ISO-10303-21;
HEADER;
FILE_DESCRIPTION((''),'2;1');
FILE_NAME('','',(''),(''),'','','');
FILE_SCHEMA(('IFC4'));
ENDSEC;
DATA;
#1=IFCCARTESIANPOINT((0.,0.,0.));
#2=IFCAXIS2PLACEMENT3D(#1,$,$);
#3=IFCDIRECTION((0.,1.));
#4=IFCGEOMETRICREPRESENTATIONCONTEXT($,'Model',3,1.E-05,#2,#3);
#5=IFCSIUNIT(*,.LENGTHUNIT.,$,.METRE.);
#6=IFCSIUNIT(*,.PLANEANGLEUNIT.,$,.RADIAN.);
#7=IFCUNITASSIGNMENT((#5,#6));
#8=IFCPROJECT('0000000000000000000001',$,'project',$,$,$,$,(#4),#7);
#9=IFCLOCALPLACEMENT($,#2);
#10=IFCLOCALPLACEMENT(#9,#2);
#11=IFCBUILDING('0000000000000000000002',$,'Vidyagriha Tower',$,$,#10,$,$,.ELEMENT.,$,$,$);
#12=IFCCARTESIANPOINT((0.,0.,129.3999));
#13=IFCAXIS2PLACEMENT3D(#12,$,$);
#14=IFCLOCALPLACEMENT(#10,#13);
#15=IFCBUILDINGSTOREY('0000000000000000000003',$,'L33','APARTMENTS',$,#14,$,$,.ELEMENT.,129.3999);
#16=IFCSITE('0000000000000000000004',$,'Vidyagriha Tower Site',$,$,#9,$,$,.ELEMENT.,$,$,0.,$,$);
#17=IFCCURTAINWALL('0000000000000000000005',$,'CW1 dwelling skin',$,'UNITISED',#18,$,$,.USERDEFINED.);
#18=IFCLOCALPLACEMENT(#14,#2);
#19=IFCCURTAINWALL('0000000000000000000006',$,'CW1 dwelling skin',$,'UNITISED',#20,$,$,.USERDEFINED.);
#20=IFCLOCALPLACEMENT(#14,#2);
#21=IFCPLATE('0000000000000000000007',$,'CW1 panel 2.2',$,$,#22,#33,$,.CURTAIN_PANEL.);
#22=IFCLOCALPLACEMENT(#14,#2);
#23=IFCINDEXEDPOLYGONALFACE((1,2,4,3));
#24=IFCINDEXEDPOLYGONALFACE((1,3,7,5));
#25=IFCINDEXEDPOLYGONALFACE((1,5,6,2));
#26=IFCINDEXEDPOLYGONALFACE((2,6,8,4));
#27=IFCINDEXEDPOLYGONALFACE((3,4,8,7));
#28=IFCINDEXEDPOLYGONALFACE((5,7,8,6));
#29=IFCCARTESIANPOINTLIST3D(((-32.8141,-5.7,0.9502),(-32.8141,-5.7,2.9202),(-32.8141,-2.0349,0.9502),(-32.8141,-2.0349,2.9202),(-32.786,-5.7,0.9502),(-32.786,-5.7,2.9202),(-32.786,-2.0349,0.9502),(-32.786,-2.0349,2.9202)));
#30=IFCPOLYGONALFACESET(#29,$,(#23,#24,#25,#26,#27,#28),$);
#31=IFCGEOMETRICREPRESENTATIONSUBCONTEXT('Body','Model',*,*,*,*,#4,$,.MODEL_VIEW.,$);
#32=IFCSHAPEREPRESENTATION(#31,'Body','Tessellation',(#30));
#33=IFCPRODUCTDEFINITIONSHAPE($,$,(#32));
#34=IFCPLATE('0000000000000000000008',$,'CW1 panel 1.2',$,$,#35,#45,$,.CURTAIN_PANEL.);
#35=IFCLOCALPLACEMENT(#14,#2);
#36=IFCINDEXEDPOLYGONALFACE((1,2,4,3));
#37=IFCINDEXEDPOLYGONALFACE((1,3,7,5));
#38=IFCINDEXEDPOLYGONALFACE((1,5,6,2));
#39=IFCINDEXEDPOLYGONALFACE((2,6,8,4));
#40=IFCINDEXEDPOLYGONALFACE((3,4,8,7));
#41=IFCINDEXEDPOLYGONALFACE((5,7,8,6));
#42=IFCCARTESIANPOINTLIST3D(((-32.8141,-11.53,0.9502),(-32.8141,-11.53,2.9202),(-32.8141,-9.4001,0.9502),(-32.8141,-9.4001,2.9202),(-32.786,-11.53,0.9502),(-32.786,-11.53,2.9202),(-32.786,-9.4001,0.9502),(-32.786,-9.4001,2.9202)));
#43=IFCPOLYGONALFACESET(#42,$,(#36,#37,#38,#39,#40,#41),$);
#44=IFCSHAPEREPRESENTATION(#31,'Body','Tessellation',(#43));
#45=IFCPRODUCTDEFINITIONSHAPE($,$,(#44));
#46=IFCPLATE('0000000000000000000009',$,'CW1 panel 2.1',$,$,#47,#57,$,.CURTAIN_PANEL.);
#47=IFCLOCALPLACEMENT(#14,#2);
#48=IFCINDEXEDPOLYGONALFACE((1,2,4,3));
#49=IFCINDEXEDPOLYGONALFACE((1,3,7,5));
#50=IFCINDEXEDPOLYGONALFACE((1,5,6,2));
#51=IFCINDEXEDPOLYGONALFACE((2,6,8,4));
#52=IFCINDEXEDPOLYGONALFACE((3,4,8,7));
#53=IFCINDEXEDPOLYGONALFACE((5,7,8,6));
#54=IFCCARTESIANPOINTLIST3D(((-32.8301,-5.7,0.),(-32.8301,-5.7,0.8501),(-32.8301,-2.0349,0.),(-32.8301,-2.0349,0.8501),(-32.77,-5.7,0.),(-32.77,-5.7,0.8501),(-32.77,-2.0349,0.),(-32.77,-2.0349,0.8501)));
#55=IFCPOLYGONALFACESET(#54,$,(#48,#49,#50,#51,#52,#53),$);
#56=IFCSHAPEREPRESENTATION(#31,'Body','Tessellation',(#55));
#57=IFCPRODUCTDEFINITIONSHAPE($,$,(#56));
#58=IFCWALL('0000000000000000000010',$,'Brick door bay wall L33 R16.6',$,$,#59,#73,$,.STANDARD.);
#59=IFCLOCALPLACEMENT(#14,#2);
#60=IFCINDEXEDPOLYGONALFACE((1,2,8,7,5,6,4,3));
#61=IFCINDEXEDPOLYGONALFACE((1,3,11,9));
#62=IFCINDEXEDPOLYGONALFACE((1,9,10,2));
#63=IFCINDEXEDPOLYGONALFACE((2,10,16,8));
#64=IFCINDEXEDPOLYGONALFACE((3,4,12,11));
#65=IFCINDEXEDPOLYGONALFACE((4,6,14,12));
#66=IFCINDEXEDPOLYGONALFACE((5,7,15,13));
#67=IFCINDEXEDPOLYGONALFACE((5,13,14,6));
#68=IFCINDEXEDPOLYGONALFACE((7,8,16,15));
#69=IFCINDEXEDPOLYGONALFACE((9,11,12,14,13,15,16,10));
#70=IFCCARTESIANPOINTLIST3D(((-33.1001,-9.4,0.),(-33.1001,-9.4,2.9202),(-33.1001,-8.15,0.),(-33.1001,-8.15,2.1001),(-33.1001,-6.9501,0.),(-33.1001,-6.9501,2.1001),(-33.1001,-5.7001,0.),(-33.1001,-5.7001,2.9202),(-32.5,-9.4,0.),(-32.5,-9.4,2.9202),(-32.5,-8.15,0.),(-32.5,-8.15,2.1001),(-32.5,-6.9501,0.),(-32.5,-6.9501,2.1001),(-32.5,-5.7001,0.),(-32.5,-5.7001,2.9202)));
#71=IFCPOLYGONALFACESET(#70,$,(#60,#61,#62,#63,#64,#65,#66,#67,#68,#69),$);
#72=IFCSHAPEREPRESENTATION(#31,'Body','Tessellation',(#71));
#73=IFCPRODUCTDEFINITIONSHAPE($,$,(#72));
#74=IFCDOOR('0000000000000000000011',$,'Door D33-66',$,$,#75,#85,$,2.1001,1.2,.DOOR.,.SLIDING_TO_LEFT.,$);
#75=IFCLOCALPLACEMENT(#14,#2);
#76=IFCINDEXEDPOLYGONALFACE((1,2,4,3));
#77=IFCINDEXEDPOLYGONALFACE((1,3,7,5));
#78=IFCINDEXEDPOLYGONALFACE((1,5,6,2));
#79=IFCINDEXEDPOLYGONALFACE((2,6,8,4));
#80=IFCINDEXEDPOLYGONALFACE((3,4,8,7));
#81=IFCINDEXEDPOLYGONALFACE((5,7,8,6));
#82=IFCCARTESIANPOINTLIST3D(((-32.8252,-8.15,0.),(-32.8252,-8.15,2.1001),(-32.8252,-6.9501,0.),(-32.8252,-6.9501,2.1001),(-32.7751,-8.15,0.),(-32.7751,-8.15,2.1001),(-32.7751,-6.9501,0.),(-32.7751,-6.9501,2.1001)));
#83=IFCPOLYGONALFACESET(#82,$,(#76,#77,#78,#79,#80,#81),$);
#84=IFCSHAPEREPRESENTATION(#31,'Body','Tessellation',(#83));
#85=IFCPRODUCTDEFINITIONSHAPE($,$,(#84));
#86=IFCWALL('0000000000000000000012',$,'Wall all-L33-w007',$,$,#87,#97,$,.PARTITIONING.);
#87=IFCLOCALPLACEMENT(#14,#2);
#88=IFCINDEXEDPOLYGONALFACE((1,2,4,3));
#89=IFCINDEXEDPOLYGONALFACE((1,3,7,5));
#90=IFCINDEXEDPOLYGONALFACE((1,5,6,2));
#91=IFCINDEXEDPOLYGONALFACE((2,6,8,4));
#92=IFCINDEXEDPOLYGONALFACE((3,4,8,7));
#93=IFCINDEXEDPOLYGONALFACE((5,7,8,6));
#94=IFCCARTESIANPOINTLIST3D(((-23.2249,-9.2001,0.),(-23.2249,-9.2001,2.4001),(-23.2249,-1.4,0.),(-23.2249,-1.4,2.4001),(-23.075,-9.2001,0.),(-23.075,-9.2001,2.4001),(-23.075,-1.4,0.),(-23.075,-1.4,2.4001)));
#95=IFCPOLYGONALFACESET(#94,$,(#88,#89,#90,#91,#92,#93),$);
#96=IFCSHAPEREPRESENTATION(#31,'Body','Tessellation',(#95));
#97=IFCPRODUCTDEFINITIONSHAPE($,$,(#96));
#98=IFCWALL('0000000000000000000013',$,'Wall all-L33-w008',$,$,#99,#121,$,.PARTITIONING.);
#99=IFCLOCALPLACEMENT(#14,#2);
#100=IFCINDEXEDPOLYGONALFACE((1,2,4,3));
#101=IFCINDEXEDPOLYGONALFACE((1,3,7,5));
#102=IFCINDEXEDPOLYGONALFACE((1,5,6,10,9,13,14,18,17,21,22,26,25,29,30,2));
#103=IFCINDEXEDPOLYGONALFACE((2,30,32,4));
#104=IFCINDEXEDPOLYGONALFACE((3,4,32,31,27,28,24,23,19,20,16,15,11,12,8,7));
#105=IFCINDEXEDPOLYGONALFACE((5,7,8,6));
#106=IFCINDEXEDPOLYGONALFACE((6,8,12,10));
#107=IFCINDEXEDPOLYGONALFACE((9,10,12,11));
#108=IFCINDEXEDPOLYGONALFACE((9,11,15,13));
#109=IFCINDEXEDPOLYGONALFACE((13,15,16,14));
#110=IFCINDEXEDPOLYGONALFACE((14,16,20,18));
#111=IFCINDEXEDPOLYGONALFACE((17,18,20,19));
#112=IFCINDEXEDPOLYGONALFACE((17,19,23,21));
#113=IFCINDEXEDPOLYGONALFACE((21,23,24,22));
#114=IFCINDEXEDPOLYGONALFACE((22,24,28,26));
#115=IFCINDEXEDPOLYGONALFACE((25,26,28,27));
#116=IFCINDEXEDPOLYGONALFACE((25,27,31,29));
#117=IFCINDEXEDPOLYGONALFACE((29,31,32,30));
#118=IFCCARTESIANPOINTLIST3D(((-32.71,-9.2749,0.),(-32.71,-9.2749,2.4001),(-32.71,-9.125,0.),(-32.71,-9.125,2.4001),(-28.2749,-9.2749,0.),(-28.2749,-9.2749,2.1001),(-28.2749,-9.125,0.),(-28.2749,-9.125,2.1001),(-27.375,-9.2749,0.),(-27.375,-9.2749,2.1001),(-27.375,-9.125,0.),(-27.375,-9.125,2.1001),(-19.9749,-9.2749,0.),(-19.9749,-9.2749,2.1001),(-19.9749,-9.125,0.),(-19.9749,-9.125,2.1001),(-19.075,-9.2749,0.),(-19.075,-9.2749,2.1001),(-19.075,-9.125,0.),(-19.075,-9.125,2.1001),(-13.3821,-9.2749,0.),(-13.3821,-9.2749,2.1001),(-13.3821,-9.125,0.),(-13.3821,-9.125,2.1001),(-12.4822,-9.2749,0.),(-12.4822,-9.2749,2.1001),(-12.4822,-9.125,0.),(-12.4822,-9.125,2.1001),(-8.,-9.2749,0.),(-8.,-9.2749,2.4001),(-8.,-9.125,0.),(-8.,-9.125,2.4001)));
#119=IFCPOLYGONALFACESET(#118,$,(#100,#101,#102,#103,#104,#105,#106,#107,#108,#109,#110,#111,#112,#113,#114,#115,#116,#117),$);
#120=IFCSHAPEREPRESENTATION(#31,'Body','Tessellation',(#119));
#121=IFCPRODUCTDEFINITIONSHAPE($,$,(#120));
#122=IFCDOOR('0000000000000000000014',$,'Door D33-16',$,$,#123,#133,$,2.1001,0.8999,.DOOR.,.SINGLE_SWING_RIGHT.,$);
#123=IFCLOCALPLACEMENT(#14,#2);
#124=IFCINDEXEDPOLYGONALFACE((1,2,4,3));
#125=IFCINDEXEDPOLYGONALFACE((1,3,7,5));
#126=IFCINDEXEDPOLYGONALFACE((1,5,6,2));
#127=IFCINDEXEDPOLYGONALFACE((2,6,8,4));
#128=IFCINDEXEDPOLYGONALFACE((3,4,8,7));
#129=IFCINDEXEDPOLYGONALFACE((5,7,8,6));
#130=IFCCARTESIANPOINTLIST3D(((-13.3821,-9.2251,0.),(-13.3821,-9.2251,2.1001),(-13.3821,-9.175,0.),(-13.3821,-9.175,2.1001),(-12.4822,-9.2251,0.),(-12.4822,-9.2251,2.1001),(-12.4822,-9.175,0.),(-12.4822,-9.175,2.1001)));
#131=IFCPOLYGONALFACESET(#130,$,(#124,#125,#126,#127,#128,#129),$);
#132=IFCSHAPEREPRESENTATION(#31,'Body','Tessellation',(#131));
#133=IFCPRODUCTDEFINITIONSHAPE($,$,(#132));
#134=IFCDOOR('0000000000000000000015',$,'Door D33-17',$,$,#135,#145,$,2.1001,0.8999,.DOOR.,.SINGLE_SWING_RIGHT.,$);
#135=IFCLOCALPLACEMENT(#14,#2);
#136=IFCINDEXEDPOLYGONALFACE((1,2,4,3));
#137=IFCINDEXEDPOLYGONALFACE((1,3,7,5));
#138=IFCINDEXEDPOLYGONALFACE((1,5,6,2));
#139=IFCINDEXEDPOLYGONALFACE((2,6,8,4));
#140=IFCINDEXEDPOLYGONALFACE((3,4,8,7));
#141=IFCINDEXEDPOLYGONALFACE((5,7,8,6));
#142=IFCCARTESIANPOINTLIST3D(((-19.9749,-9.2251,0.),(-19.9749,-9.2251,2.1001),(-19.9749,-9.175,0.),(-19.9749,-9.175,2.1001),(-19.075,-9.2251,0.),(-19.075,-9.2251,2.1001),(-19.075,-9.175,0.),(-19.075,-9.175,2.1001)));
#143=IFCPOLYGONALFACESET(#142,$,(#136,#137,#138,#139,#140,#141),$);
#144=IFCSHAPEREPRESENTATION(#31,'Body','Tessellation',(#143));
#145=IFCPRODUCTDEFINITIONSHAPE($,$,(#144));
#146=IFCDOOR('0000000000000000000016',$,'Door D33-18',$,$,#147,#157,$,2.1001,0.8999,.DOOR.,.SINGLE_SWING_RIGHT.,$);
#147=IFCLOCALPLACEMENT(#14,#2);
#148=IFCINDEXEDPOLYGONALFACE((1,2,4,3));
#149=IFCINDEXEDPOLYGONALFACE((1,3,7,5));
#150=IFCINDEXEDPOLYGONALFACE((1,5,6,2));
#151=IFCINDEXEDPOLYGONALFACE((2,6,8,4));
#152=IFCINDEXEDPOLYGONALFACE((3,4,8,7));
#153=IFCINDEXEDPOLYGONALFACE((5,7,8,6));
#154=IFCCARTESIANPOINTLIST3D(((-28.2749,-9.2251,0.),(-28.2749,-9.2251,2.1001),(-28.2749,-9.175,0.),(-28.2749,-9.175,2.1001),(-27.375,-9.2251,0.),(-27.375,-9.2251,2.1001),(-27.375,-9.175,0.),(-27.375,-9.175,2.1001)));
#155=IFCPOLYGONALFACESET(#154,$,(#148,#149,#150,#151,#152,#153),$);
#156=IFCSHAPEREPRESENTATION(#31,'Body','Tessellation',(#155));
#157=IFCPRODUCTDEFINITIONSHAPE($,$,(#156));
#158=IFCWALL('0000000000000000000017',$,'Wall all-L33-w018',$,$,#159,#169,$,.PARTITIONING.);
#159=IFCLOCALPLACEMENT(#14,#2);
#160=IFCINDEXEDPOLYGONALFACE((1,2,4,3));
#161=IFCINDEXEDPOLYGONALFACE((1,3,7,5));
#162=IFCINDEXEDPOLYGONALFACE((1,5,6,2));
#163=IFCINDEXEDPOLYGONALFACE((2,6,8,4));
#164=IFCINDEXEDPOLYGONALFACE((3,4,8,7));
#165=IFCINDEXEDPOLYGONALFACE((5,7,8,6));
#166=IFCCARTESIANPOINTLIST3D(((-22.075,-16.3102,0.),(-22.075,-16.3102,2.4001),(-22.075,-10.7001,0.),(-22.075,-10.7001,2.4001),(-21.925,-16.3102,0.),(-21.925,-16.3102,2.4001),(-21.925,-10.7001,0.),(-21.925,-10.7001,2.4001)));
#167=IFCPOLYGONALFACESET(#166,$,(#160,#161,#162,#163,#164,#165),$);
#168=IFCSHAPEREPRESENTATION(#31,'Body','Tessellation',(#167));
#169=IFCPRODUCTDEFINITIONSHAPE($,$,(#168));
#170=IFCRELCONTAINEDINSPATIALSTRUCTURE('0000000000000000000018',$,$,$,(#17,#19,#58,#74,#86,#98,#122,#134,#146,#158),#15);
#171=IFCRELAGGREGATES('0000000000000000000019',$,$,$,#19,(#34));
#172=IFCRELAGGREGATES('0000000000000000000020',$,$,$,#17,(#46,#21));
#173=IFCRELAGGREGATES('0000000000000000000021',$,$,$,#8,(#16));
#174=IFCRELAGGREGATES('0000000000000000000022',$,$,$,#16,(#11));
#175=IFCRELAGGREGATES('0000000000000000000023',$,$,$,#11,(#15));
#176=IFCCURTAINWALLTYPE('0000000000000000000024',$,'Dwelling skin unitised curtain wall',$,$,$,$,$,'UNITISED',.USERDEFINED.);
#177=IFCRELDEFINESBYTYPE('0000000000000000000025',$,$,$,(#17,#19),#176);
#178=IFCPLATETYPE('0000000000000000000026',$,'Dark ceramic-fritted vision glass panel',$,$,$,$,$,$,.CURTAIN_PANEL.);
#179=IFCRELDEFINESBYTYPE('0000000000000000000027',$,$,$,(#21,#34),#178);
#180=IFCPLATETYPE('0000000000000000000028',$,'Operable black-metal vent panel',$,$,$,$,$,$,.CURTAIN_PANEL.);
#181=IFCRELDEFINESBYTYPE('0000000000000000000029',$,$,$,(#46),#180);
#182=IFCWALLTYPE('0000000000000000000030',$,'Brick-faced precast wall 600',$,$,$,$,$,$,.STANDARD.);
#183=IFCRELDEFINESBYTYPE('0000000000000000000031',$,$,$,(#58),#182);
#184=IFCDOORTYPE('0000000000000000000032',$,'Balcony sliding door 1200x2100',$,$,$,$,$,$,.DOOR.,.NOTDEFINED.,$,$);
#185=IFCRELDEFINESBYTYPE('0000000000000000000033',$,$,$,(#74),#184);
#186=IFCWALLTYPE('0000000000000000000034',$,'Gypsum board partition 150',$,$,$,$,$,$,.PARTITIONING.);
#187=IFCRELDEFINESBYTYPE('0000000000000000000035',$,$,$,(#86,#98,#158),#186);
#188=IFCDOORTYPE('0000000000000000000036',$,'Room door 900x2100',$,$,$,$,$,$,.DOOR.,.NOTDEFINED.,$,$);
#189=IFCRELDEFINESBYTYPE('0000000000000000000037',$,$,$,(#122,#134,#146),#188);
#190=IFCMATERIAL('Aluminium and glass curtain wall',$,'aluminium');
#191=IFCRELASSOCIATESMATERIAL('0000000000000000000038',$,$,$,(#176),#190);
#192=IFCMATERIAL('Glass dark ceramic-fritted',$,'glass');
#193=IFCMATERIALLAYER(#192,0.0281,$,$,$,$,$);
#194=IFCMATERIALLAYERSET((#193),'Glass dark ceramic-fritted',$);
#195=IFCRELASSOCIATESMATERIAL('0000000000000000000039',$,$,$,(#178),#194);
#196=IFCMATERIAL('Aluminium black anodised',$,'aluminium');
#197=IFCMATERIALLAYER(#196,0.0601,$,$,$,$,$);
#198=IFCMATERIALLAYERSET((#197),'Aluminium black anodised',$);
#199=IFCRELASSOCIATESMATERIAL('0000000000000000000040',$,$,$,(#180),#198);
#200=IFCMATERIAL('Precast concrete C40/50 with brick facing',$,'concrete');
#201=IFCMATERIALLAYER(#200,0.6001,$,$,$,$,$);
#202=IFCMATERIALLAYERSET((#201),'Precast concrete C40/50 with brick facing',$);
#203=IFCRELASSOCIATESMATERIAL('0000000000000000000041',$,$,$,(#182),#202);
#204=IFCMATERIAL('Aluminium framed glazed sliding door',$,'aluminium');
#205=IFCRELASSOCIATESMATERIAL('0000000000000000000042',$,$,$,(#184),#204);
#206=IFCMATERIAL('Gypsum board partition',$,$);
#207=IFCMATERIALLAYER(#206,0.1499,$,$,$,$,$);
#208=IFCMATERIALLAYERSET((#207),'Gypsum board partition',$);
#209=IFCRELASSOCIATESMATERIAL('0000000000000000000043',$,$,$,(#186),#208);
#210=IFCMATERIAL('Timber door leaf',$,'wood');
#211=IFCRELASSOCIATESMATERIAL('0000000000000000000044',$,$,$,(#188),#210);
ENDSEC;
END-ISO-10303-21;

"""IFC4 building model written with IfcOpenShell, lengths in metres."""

from ifc_helpers import new_model, si_unit, direction, frame, frame_2d, origin, origin_2d, place, context, subcontext, project, spatial, rectangle, extrude, material, layer, layer_set, type_object, element, fill, aggregate, save


model = new_model("IFC4")

# Units and contexts
model_context = context("Model", 3, precision=1e-05, world=origin(), true_north=direction((0.0, 1.0)))
body_context = subcontext(model_context, "Body", "Model", "MODEL_VIEW")
ifc_project = project(units=[si_unit("LENGTHUNIT", "METRE"), si_unit("PLANEANGLEUNIT", "RADIAN")], contexts=[model_context])

# Site, building, storey
site_placement = place(None, origin())
site = spatial("IfcSite", under=ifc_project, at=site_placement, Name="Vidyagriha Tower Site", CompositionType="ELEMENT", RefElevation=0.0)
building_placement = place(site_placement, origin())
building = spatial("IfcBuilding", under=site, at=building_placement, Name="Vidyagriha Tower", CompositionType="ELEMENT")
storey_placement = place(building_placement, frame((0.0, 0.0, 129.3999)))
storey = spatial("IfcBuildingStorey", under=building, at=storey_placement, Name="L33", Description="APARTMENTS", CompositionType="ELEMENT", Elevation=129.3999)

# Curtain walls
ifc_material_1 = material(Name="Aluminium and glass curtain wall", Category="aluminium")
curtain_wall_type = type_object("IfcCurtainWallType", Name="Dwelling skin unitised curtain wall", ElementType="UNITISED", PredefinedType="USERDEFINED", material=ifc_material_1)
curtain_wall_1_placement = place(storey_placement, origin())
curtain_wall_1 = element("IfcCurtainWall", 1, at=curtain_wall_1_placement, inside=storey, type_object=curtain_wall_type, Name="CW1 dwelling skin", ObjectType="UNITISED", PredefinedType="USERDEFINED")
curtain_wall_2_placement = place(storey_placement, origin())
curtain_wall_2 = element("IfcCurtainWall", 2, at=curtain_wall_2_placement, inside=storey, type_object=curtain_wall_type, Name="CW1 dwelling skin", ObjectType="UNITISED", PredefinedType="USERDEFINED")

# Plates
ifc_material_2 = material(Name="Glass dark ceramic-fritted", Category="glass")
ifc_layer_1 = layer(ifc_material_2, 0.0281)
ifc_layer_set_1 = layer_set([ifc_layer_1], Name="Glass dark ceramic-fritted")
plate_type_1 = type_object("IfcPlateType", Name="Dark ceramic-fritted vision glass panel", PredefinedType="CURTAIN_PANEL", material=ifc_layer_set_1)
plate_1_placement = place(storey_placement, frame((-32.8, -3.8674, 0.9502), z_axis=(0.0, 0.0, 1.0), x_axis=(0.0, -1.0, 0.0)))
plate_1 = element("IfcPlate", 3, at=plate_1_placement, type_object=plate_type_1, Name="CW1 panel 2.2", PredefinedType="CURTAIN_PANEL", context=body_context, shape_type="SweptSolid", body=[
    extrude(rectangle(XDim=3.665, YDim=0.0281, at=origin_2d()), origin(), (0.0, 0.0, 1.0), 1.97),
])
plate_2_placement = place(storey_placement, frame((-32.8, -10.4651, 0.9502), z_axis=(0.0, 0.0, 1.0), x_axis=(0.0, -1.0, 0.0)))
plate_2 = element("IfcPlate", 4, at=plate_2_placement, type_object=plate_type_1, Name="CW1 panel 1.2", PredefinedType="CURTAIN_PANEL", context=body_context, shape_type="SweptSolid", body=[
    extrude(rectangle(XDim=2.1299, YDim=0.0281, at=origin_2d()), origin(), (0.0, 0.0, 1.0), 1.97),
])
aggregate(curtain_wall_2, [plate_2])
ifc_material_3 = material(Name="Aluminium black anodised", Category="aluminium")
ifc_layer_2 = layer(ifc_material_3, 0.0601)
ifc_layer_set_2 = layer_set([ifc_layer_2], Name="Aluminium black anodised")
plate_type_2 = type_object("IfcPlateType", Name="Operable black-metal vent panel", PredefinedType="CURTAIN_PANEL", material=ifc_layer_set_2)
plate_3_placement = place(storey_placement, frame((-32.8, -3.8674, 0.0), z_axis=(0.0, 0.0, 1.0), x_axis=(0.0, -1.0, 0.0)))
plate_3 = element("IfcPlate", 5, at=plate_3_placement, type_object=plate_type_2, Name="CW1 panel 2.1", PredefinedType="CURTAIN_PANEL", context=body_context, shape_type="SweptSolid", body=[
    extrude(rectangle(XDim=3.665, YDim=0.0601, at=origin_2d()), origin(), (0.0, 0.0, 1.0), 0.8501),
])
aggregate(curtain_wall_1, [plate_3, plate_1])

# Wall, opening, door
ifc_material_4 = material(Name="Precast concrete C40/50 with brick facing", Category="concrete")
ifc_layer_3 = layer(ifc_material_4, 0.6001)
ifc_layer_set_3 = layer_set([ifc_layer_3], Name="Precast concrete C40/50 with brick facing")
wall_type_1 = type_object("IfcWallType", Name="Brick-faced precast wall 600", PredefinedType="STANDARD", material=ifc_layer_set_3)
wall_1_placement = place(storey_placement, frame((-32.8, -5.7, 0.0), z_axis=(0.0, 0.0, 1.0), x_axis=(0.0, -1.0, 0.0)))
wall_1 = element("IfcWall", 6, at=wall_1_placement, inside=storey, type_object=wall_type_1, Name="Brick door bay wall L33 R16.6", PredefinedType="STANDARD", context=body_context, shape_type="SweptSolid", body=[
    extrude(rectangle(XDim=3.7, YDim=0.6001, at=frame_2d((1.8501, 0.0))), origin(), (0.0, 0.0, 1.0), 2.9202),
])
opening_1_placement = place(wall_1_placement, frame((1.25, 0.0, 0.0)))
opening_1 = element("IfcOpeningElement", 7, at=opening_1_placement, cuts=wall_1, PredefinedType="OPENING", context=body_context, shape_type="SweptSolid", body=[
    extrude(rectangle(XDim=1.2, YDim=2.1001, at=frame_2d((0.6001, 1.05))), frame((0.0, 0.3101, 0.0), z_axis=(0.0, -1.0, 0.0), x_axis=(1.0, 0.0, 0.0)), (0.0, 0.0, 1.0), 0.6201),
])
ifc_material_5 = material(Name="Aluminium framed glazed sliding door", Category="aluminium")
door_type_1 = type_object("IfcDoorType", Name="Balcony sliding door 1200x2100", OperationType="NOTDEFINED", PredefinedType="DOOR", material=ifc_material_5)
door_1_placement = place(opening_1_placement, origin())
door_1 = element("IfcDoor", 8, at=door_1_placement, inside=storey, type_object=door_type_1, Name="Door D33-66", OperationType="SLIDING_TO_LEFT", OverallHeight=2.1001, OverallWidth=1.2, PredefinedType="DOOR", context=body_context, shape_type="SweptSolid", body=[
    extrude(rectangle(XDim=1.2, YDim=2.1001, at=frame_2d((0.6001, 1.05))), frame((0.0, 0.0249, 0.0), z_axis=(0.0, -1.0, 0.0), x_axis=(1.0, 0.0, 0.0)), (0.0, 0.0, 1.0), 0.05),
])
fill(opening_1, door_1)

# Wall
ifc_material_6 = material(Name="Gypsum board partition")
ifc_layer_4 = layer(ifc_material_6, 0.1499)
ifc_layer_set_4 = layer_set([ifc_layer_4], Name="Gypsum board partition")
wall_type_2 = type_object("IfcWallType", Name="Gypsum board partition 150", PredefinedType="PARTITIONING", material=ifc_layer_set_4)
wall_2_placement = place(storey_placement, frame((-23.1499, -9.2, 0.0), z_axis=(0.0, 0.0, 1.0), x_axis=(0.0, 1.0, 0.0)))
element("IfcWall", 9, at=wall_2_placement, inside=storey, type_object=wall_type_2, Name="Wall all-L33-w007", PredefinedType="PARTITIONING", context=body_context, shape_type="SweptSolid", body=[
    extrude(rectangle(XDim=7.8, YDim=0.1499, at=frame_2d((3.8999, 0.0))), origin(), (0.0, 0.0, 1.0), 2.4001),
])

# Wall, openings, doors
wall_3_placement = place(storey_placement, frame((-32.71, -9.2, 0.0)))
wall_3 = element("IfcWall", 10, at=wall_3_placement, inside=storey, type_object=wall_type_2, Name="Wall all-L33-w008", PredefinedType="PARTITIONING", context=body_context, shape_type="SweptSolid", body=[
    extrude(rectangle(XDim=24.71, YDim=0.1499, at=frame_2d((12.355, 0.0))), origin(), (0.0, 0.0, 1.0), 2.4001),
])
opening_2_placement = place(wall_3_placement, frame((19.3279, 0.0, 0.0)))
opening_2 = element("IfcOpeningElement", 11, at=opening_2_placement, cuts=wall_3, PredefinedType="OPENING", context=body_context, shape_type="SweptSolid", body=[
    extrude(rectangle(XDim=0.8999, YDim=2.1001, at=frame_2d((0.45, 1.05))), frame((0.0, 0.085, 0.0), z_axis=(0.0, -1.0, 0.0), x_axis=(1.0, 0.0, 0.0)), (0.0, 0.0, 1.0), 0.1699),
])
opening_3_placement = place(wall_3_placement, frame((12.7351, 0.0, 0.0)))
opening_3 = element("IfcOpeningElement", 12, at=opening_3_placement, cuts=wall_3, PredefinedType="OPENING", context=body_context, shape_type="SweptSolid", body=[
    extrude(rectangle(XDim=0.8999, YDim=2.1001, at=frame_2d((0.45, 1.05))), frame((0.0, 0.085, 0.0), z_axis=(0.0, -1.0, 0.0), x_axis=(1.0, 0.0, 0.0)), (0.0, 0.0, 1.0), 0.1699),
])
opening_4_placement = place(wall_3_placement, frame((4.4351, 0.0, 0.0)))
opening_4 = element("IfcOpeningElement", 13, at=opening_4_placement, cuts=wall_3, PredefinedType="OPENING", context=body_context, shape_type="SweptSolid", body=[
    extrude(rectangle(XDim=0.8999, YDim=2.1001, at=frame_2d((0.45, 1.05))), frame((0.0, 0.085, 0.0), z_axis=(0.0, -1.0, 0.0), x_axis=(1.0, 0.0, 0.0)), (0.0, 0.0, 1.0), 0.1699),
])
ifc_material_7 = material(Name="Timber door leaf", Category="wood")
door_type_2 = type_object("IfcDoorType", Name="Room door 900x2100", OperationType="NOTDEFINED", PredefinedType="DOOR", material=ifc_material_7)
door_2_placement = place(opening_2_placement, origin())
door_2 = element("IfcDoor", 14, at=door_2_placement, inside=storey, type_object=door_type_2, Name="Door D33-16", OperationType="SINGLE_SWING_RIGHT", OverallHeight=2.1001, OverallWidth=0.8999, PredefinedType="DOOR", context=body_context, shape_type="SweptSolid", body=[
    extrude(rectangle(XDim=0.8999, YDim=2.1001, at=frame_2d((0.45, 1.05))), frame((0.0, 0.0249, 0.0), z_axis=(0.0, -1.0, 0.0), x_axis=(1.0, 0.0, 0.0)), (0.0, 0.0, 1.0), 0.05),
])
fill(opening_2, door_2)
door_3_placement = place(opening_3_placement, origin())
door_3 = element("IfcDoor", 15, at=door_3_placement, inside=storey, type_object=door_type_2, Name="Door D33-17", OperationType="SINGLE_SWING_RIGHT", OverallHeight=2.1001, OverallWidth=0.8999, PredefinedType="DOOR", context=body_context, shape_type="SweptSolid", body=[
    extrude(rectangle(XDim=0.8999, YDim=2.1001, at=frame_2d((0.45, 1.05))), frame((0.0, 0.0249, 0.0), z_axis=(0.0, -1.0, 0.0), x_axis=(1.0, 0.0, 0.0)), (0.0, 0.0, 1.0), 0.05),
])
fill(opening_3, door_3)
door_4_placement = place(opening_4_placement, origin())
door_4 = element("IfcDoor", 16, at=door_4_placement, inside=storey, type_object=door_type_2, Name="Door D33-18", OperationType="SINGLE_SWING_RIGHT", OverallHeight=2.1001, OverallWidth=0.8999, PredefinedType="DOOR", context=body_context, shape_type="SweptSolid", body=[
    extrude(rectangle(XDim=0.8999, YDim=2.1001, at=frame_2d((0.45, 1.05))), frame((0.0, 0.0249, 0.0), z_axis=(0.0, -1.0, 0.0), x_axis=(1.0, 0.0, 0.0)), (0.0, 0.0, 1.0), 0.05),
])
fill(opening_4, door_4)

# Wall
wall_4_placement = place(storey_placement, frame((-22.0, -10.7, 0.0), z_axis=(0.0, 0.0, 1.0), x_axis=(0.0, -1.0, 0.0)))
element("IfcWall", 17, at=wall_4_placement, inside=storey, type_object=wall_type_2, Name="Wall all-L33-w018", PredefinedType="PARTITIONING", context=body_context, shape_type="SweptSolid", body=[
    extrude(rectangle(XDim=5.6101, YDim=0.1499, at=frame_2d((2.8052, 0.0))), origin(), (0.0, 0.0, 1.0), 2.4001),
])

save(model, "model.ifc")
